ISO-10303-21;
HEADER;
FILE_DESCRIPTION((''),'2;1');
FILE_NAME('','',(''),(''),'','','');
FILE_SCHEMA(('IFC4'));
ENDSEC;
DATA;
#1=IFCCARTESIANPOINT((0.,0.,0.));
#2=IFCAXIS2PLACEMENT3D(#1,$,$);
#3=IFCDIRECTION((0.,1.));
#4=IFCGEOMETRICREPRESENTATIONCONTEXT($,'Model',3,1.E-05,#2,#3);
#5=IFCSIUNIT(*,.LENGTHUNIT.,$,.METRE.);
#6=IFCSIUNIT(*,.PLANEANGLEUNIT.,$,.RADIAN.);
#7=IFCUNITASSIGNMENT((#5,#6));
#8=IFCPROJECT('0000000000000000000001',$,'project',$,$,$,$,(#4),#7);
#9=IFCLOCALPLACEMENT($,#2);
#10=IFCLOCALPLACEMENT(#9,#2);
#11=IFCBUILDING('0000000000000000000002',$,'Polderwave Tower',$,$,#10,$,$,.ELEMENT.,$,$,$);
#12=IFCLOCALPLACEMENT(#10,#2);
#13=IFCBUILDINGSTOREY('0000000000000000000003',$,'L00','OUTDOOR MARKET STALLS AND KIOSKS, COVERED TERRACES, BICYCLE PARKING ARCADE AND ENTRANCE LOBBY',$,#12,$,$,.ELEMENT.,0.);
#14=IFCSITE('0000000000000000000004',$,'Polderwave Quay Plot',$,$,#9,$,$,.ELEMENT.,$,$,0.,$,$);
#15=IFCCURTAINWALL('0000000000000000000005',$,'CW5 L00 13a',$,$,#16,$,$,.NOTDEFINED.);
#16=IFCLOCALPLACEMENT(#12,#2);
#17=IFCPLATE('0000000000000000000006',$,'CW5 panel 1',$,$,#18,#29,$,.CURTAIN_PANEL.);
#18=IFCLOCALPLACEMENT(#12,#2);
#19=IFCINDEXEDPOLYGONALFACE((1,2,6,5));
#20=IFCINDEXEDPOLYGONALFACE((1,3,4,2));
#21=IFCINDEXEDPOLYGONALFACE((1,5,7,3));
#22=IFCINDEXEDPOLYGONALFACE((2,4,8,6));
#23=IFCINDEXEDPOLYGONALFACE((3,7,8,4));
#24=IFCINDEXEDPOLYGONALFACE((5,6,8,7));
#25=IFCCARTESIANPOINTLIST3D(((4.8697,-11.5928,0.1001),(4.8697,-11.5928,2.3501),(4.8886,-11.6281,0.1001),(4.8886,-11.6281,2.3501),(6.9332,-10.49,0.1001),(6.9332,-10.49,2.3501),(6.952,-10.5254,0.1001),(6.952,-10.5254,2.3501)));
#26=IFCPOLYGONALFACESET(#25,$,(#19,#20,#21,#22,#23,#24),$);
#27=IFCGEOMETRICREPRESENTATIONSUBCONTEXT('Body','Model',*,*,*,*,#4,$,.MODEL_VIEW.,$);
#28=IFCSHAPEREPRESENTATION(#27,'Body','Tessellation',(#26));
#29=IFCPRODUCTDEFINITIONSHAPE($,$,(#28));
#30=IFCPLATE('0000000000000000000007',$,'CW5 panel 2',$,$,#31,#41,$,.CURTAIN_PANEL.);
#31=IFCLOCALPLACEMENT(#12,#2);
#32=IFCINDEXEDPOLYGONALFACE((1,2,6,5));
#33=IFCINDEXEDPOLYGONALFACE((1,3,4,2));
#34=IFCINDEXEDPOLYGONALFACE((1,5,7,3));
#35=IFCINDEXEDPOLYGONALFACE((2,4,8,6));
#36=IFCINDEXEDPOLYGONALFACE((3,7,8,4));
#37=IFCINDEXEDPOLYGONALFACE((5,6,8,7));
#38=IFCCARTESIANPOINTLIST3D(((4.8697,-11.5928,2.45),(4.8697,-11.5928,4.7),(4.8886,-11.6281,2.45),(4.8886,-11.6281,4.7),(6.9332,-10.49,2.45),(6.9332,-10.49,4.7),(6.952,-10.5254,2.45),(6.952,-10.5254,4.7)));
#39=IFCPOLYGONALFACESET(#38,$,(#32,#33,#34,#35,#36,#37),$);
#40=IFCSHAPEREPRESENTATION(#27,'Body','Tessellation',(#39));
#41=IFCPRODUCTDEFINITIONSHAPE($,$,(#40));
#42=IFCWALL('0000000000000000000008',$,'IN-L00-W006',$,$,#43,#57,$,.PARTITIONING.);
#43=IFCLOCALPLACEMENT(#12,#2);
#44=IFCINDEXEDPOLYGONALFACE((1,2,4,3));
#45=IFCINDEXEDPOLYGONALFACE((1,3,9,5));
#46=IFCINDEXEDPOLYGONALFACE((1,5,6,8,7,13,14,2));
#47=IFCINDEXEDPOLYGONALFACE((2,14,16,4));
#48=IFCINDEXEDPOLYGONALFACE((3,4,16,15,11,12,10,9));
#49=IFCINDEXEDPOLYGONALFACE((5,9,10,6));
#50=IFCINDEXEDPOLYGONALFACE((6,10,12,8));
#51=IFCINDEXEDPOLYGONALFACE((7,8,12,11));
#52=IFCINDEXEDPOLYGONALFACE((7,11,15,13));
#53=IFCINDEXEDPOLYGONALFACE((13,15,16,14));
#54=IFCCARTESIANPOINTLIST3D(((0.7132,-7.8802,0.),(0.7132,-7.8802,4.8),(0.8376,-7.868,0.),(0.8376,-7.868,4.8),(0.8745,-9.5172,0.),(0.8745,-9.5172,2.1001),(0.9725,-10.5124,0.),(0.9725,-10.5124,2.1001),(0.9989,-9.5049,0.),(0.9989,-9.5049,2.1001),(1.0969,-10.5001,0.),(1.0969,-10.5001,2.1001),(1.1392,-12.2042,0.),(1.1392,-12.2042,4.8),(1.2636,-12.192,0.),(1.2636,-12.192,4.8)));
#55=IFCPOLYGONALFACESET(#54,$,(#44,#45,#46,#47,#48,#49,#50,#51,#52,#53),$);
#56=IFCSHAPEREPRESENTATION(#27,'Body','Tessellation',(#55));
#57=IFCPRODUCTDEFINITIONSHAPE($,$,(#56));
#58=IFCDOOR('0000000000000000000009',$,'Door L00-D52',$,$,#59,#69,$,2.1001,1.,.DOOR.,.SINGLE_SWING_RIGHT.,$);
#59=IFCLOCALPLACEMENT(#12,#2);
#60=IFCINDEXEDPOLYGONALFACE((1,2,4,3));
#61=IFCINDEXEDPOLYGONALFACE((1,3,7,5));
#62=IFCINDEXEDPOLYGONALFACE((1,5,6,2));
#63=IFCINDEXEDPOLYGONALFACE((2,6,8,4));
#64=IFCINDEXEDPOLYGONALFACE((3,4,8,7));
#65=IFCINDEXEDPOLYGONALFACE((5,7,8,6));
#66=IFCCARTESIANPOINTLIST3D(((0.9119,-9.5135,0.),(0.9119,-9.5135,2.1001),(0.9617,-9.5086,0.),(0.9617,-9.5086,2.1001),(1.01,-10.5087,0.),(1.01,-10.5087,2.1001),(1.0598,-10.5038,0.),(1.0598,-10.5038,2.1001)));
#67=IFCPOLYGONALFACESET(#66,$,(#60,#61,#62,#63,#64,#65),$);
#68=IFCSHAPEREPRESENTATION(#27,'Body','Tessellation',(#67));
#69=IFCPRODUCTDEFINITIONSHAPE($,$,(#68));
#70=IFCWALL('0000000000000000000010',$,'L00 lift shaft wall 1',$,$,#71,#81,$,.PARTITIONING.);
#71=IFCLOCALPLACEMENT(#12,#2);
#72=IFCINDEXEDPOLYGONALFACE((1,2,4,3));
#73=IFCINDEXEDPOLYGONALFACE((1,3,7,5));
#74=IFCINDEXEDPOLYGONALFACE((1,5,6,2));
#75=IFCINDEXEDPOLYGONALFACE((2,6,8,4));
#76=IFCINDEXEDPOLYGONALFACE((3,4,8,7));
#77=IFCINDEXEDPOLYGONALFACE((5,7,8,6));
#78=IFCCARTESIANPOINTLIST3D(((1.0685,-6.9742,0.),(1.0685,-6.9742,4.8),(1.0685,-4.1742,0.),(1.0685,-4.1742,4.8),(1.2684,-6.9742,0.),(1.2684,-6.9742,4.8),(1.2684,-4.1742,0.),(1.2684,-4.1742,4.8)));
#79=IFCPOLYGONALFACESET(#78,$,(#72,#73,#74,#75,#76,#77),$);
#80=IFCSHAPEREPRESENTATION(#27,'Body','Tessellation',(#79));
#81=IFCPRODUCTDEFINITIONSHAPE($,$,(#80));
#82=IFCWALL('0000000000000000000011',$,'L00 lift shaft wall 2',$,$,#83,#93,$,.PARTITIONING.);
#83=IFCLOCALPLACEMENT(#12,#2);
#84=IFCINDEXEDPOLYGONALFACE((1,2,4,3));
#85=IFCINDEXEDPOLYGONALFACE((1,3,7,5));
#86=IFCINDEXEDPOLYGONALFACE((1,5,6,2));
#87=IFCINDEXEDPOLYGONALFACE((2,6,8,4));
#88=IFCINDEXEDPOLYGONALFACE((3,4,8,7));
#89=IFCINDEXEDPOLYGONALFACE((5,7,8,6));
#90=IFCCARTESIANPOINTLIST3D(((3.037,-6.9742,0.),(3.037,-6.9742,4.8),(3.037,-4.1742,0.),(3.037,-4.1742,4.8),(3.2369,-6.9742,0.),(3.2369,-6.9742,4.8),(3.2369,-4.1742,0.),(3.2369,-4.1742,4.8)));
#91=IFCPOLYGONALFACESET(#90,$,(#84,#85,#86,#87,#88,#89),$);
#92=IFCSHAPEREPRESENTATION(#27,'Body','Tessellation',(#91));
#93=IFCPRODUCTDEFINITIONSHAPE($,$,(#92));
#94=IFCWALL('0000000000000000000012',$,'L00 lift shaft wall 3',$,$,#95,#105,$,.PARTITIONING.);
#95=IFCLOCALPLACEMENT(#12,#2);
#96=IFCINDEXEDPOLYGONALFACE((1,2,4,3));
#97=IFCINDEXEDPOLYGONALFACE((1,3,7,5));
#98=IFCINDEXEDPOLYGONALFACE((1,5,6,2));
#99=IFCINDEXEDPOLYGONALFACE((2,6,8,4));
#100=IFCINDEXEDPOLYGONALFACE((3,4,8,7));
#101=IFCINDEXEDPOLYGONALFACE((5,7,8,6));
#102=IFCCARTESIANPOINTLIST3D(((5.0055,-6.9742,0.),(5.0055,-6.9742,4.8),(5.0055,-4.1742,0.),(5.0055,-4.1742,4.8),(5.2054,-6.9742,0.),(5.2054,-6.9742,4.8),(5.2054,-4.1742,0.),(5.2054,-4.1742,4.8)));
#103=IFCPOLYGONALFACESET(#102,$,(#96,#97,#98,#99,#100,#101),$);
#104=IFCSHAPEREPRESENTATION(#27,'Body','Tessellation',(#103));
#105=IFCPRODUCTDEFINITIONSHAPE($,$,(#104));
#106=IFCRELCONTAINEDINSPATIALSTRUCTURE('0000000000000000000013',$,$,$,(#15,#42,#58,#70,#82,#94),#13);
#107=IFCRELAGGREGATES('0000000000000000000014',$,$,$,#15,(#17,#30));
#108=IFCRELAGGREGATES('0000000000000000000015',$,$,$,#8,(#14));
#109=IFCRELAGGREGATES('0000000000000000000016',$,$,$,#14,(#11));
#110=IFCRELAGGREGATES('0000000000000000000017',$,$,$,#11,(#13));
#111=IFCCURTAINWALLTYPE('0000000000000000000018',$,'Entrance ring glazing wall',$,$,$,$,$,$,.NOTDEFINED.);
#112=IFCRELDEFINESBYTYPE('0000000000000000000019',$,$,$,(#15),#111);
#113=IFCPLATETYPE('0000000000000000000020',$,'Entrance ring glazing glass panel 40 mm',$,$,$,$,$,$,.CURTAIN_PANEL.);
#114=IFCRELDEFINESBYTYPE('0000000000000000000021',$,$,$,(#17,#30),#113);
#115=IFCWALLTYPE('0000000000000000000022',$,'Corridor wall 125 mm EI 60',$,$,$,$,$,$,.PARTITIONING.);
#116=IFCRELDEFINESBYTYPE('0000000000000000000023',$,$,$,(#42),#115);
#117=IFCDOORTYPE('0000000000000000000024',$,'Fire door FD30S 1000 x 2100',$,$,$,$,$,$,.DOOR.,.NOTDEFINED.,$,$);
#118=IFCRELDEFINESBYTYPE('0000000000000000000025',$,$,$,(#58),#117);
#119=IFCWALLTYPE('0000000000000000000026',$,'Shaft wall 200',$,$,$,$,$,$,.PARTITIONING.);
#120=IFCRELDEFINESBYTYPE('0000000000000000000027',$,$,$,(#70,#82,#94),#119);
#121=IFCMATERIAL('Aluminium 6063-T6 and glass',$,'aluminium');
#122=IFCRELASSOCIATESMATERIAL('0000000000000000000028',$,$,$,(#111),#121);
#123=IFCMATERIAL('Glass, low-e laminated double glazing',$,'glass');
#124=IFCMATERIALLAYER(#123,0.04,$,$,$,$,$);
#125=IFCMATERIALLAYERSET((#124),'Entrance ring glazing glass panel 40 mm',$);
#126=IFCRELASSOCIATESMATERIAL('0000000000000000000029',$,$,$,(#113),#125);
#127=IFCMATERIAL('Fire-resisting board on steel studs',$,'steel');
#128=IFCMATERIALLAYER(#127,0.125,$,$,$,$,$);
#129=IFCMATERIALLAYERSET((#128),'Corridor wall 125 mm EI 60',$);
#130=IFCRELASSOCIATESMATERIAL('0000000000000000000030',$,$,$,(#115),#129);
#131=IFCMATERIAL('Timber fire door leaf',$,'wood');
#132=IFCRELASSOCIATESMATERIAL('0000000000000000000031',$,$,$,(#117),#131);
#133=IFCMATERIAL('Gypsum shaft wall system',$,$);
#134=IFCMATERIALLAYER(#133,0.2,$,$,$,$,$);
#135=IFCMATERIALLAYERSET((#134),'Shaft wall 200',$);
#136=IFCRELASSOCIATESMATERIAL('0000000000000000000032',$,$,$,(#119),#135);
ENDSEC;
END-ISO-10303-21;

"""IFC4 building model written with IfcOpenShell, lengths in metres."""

from ifc_helpers import new_model, si_unit, direction, frame, frame_2d, origin, origin_2d, place, context, subcontext, project, spatial, rectangle, extrude, material, layer, layer_set, type_object, element, fill, aggregate, save


model = new_model("IFC4")

# Units and contexts
model_context = context("Model", 3, precision=1e-05, world=origin(), true_north=direction((0.0, 1.0)))
body_context = subcontext(model_context, "Body", "Model", "MODEL_VIEW")
ifc_project = project(units=[si_unit("LENGTHUNIT", "METRE"), si_unit("PLANEANGLEUNIT", "RADIAN")], contexts=[model_context])

# Site, building, storey
site_placement = place(None, origin())
site = spatial("IfcSite", under=ifc_project, at=site_placement, Name="Polderwave Quay Plot", CompositionType="ELEMENT", RefElevation=0.0)
building_placement = place(site_placement, origin())
building = spatial("IfcBuilding", under=site, at=building_placement, Name="Polderwave Tower", CompositionType="ELEMENT")
storey_placement = place(building_placement, origin())
storey = spatial("IfcBuildingStorey", under=building, at=storey_placement, Name="L00", Description="OUTDOOR MARKET STALLS AND KIOSKS, COVERED TERRACES, BICYCLE PARKING ARCADE AND ENTRANCE LOBBY", CompositionType="ELEMENT", Elevation=0.0)

# Curtain wall
ifc_material_1 = material(Name="Aluminium 6063-T6 and glass", Category="aluminium")
curtain_wall_type = type_object("IfcCurtainWallType", Name="Entrance ring glazing wall", PredefinedType="NOTDEFINED", material=ifc_material_1)
curtain_wall_placement = place(storey_placement, origin())
curtain_wall = element("IfcCurtainWall", 1, at=curtain_wall_placement, inside=storey, type_object=curtain_wall_type, Name="CW5 L00 13a", PredefinedType="NOTDEFINED")

# Plates
ifc_material_2 = material(Name="Glass, low-e laminated double glazing", Category="glass")
ifc_layer_1 = layer(ifc_material_2, 0.04)
ifc_layer_set_1 = layer_set([ifc_layer_1], Name="Entrance ring glazing glass panel 40 mm")
plate_type_1 = type_object("IfcPlateType", Name="Entrance ring glazing glass panel 40 mm", PredefinedType="CURTAIN_PANEL", material=ifc_layer_set_1)
plate_1_placement = place(storey_placement, frame((5.9109, -11.0591, 0.1001), z_axis=(0.0, 0.0, 1.0), x_axis=(0.881949, 0.471344, 0.0)))
plate_1 = element("IfcPlate", 2, at=plate_1_placement, type_object=plate_type_1, Name="CW5 panel 1", PredefinedType="CURTAIN_PANEL", context=body_context, shape_type="SweptSolid", body=[
    extrude(rectangle(XDim=2.3396, YDim=0.04, at=origin_2d()), origin(), (0.0, 0.0, 1.0), 2.25),
])
plate_2_placement = place(storey_placement, frame((5.9109, -11.0591, 2.45), z_axis=(0.0, 0.0, 1.0), x_axis=(0.881949, 0.471344, 0.0)))
plate_2 = element("IfcPlate", 3, at=plate_2_placement, type_object=plate_type_1, Name="CW5 panel 2", PredefinedType="CURTAIN_PANEL", context=body_context, shape_type="SweptSolid", body=[
    extrude(rectangle(XDim=2.3396, YDim=0.04, at=origin_2d()), origin(), (0.0, 0.0, 1.0), 2.25),
])
aggregate(curtain_wall, [plate_1, plate_2])

# Wall, opening, door
ifc_material_3 = material(Name="Fire-resisting board on steel studs", Category="steel")
ifc_layer_2 = layer(ifc_material_3, 0.125)
ifc_layer_set_2 = layer_set([ifc_layer_2], Name="Corridor wall 125 mm EI 60")
wall_type_1 = type_object("IfcWallType", Name="Corridor wall 125 mm EI 60", PredefinedType="PARTITIONING", material=ifc_layer_set_2)
wall_1_placement = place(storey_placement, frame((1.2014, -12.198, 0.0), z_axis=(0.0, 0.0, 1.0), x_axis=(-0.098052, 0.995181, 0.0)))
wall_1 = element("IfcWall", 4, at=wall_1_placement, inside=storey, type_object=wall_type_1, Name="IN-L00-W006", PredefinedType="PARTITIONING", context=body_context, shape_type="SweptSolid", body=[
    extrude(rectangle(XDim=4.345, YDim=0.125, at=frame_2d((2.1724, 0.0))), origin(), (0.0, 0.0, 1.0), 4.8),
])
opening_1_placement = place(wall_1_placement, frame((1.7, 0.0, 0.0)))
opening_1 = element("IfcOpeningElement", 5, at=opening_1_placement, cuts=wall_1, PredefinedType="OPENING", context=body_context, shape_type="SweptSolid", body=[
    extrude(rectangle(XDim=1.0, YDim=2.1001, at=frame_2d((0.5, 1.05))), frame((0.0, 0.0725, 0.0), z_axis=(0.0, -1.0, 0.0), x_axis=(1.0, 0.0, 0.0)), (0.0, 0.0, 1.0), 0.145),
])
ifc_material_4 = material(Name="Timber fire door leaf", Category="wood")
door_type_1 = type_object("IfcDoorType", Name="Fire door FD30S 1000 x 2100", OperationType="NOTDEFINED", PredefinedType="DOOR", material=ifc_material_4)
door_1_placement = place(opening_1_placement, origin())
door_1 = element("IfcDoor", 6, at=door_1_placement, inside=storey, type_object=door_type_1, Name="Door L00-D52", OperationType="SINGLE_SWING_RIGHT", OverallHeight=2.1001, OverallWidth=1.0, PredefinedType="DOOR", context=body_context, shape_type="SweptSolid", body=[
    extrude(rectangle(XDim=1.0, YDim=2.1001, at=frame_2d((0.5, 1.05))), frame((0.0, 0.0249, 0.0), z_axis=(0.0, -1.0, 0.0), x_axis=(1.0, 0.0, 0.0)), (0.0, 0.0, 1.0), 0.05),
])
fill(opening_1, door_1)

# Walls
ifc_material_5 = material(Name="Gypsum shaft wall system")
ifc_layer_3 = layer(ifc_material_5, 0.2)
ifc_layer_set_3 = layer_set([ifc_layer_3], Name="Shaft wall 200")
wall_type_2 = type_object("IfcWallType", Name="Shaft wall 200", PredefinedType="PARTITIONING", material=ifc_layer_set_3)
for number, where, z_axis, x_axis, name in (
    (7, (1.1685, -6.9741, 0.0), (0.0, 0.0, 1.0), (0.0, 1.0, 0.0), "L00 lift shaft wall 1"),
    (8, (3.137, -6.9741, 0.0), (0.0, 0.0, 1.0), (0.0, 1.0, 0.0), "L00 lift shaft wall 2"),
    (9, (5.1055, -6.9741, 0.0), (0.0, 0.0, 1.0), (0.0, 1.0, 0.0), "L00 lift shaft wall 3"),
):
    element("IfcWall", number, at=place(storey_placement, frame(where, z_axis=z_axis, x_axis=x_axis)), inside=storey, type_object=wall_type_2, Name=name, PredefinedType="PARTITIONING", context=body_context, shape_type="SweptSolid", body=[
        extrude(rectangle(XDim=2.8, YDim=0.2, at=frame_2d((1.3999, 0.0))), origin(), (0.0, 0.0, 1.0), 4.8),
    ])

save(model, "model.ifc")
